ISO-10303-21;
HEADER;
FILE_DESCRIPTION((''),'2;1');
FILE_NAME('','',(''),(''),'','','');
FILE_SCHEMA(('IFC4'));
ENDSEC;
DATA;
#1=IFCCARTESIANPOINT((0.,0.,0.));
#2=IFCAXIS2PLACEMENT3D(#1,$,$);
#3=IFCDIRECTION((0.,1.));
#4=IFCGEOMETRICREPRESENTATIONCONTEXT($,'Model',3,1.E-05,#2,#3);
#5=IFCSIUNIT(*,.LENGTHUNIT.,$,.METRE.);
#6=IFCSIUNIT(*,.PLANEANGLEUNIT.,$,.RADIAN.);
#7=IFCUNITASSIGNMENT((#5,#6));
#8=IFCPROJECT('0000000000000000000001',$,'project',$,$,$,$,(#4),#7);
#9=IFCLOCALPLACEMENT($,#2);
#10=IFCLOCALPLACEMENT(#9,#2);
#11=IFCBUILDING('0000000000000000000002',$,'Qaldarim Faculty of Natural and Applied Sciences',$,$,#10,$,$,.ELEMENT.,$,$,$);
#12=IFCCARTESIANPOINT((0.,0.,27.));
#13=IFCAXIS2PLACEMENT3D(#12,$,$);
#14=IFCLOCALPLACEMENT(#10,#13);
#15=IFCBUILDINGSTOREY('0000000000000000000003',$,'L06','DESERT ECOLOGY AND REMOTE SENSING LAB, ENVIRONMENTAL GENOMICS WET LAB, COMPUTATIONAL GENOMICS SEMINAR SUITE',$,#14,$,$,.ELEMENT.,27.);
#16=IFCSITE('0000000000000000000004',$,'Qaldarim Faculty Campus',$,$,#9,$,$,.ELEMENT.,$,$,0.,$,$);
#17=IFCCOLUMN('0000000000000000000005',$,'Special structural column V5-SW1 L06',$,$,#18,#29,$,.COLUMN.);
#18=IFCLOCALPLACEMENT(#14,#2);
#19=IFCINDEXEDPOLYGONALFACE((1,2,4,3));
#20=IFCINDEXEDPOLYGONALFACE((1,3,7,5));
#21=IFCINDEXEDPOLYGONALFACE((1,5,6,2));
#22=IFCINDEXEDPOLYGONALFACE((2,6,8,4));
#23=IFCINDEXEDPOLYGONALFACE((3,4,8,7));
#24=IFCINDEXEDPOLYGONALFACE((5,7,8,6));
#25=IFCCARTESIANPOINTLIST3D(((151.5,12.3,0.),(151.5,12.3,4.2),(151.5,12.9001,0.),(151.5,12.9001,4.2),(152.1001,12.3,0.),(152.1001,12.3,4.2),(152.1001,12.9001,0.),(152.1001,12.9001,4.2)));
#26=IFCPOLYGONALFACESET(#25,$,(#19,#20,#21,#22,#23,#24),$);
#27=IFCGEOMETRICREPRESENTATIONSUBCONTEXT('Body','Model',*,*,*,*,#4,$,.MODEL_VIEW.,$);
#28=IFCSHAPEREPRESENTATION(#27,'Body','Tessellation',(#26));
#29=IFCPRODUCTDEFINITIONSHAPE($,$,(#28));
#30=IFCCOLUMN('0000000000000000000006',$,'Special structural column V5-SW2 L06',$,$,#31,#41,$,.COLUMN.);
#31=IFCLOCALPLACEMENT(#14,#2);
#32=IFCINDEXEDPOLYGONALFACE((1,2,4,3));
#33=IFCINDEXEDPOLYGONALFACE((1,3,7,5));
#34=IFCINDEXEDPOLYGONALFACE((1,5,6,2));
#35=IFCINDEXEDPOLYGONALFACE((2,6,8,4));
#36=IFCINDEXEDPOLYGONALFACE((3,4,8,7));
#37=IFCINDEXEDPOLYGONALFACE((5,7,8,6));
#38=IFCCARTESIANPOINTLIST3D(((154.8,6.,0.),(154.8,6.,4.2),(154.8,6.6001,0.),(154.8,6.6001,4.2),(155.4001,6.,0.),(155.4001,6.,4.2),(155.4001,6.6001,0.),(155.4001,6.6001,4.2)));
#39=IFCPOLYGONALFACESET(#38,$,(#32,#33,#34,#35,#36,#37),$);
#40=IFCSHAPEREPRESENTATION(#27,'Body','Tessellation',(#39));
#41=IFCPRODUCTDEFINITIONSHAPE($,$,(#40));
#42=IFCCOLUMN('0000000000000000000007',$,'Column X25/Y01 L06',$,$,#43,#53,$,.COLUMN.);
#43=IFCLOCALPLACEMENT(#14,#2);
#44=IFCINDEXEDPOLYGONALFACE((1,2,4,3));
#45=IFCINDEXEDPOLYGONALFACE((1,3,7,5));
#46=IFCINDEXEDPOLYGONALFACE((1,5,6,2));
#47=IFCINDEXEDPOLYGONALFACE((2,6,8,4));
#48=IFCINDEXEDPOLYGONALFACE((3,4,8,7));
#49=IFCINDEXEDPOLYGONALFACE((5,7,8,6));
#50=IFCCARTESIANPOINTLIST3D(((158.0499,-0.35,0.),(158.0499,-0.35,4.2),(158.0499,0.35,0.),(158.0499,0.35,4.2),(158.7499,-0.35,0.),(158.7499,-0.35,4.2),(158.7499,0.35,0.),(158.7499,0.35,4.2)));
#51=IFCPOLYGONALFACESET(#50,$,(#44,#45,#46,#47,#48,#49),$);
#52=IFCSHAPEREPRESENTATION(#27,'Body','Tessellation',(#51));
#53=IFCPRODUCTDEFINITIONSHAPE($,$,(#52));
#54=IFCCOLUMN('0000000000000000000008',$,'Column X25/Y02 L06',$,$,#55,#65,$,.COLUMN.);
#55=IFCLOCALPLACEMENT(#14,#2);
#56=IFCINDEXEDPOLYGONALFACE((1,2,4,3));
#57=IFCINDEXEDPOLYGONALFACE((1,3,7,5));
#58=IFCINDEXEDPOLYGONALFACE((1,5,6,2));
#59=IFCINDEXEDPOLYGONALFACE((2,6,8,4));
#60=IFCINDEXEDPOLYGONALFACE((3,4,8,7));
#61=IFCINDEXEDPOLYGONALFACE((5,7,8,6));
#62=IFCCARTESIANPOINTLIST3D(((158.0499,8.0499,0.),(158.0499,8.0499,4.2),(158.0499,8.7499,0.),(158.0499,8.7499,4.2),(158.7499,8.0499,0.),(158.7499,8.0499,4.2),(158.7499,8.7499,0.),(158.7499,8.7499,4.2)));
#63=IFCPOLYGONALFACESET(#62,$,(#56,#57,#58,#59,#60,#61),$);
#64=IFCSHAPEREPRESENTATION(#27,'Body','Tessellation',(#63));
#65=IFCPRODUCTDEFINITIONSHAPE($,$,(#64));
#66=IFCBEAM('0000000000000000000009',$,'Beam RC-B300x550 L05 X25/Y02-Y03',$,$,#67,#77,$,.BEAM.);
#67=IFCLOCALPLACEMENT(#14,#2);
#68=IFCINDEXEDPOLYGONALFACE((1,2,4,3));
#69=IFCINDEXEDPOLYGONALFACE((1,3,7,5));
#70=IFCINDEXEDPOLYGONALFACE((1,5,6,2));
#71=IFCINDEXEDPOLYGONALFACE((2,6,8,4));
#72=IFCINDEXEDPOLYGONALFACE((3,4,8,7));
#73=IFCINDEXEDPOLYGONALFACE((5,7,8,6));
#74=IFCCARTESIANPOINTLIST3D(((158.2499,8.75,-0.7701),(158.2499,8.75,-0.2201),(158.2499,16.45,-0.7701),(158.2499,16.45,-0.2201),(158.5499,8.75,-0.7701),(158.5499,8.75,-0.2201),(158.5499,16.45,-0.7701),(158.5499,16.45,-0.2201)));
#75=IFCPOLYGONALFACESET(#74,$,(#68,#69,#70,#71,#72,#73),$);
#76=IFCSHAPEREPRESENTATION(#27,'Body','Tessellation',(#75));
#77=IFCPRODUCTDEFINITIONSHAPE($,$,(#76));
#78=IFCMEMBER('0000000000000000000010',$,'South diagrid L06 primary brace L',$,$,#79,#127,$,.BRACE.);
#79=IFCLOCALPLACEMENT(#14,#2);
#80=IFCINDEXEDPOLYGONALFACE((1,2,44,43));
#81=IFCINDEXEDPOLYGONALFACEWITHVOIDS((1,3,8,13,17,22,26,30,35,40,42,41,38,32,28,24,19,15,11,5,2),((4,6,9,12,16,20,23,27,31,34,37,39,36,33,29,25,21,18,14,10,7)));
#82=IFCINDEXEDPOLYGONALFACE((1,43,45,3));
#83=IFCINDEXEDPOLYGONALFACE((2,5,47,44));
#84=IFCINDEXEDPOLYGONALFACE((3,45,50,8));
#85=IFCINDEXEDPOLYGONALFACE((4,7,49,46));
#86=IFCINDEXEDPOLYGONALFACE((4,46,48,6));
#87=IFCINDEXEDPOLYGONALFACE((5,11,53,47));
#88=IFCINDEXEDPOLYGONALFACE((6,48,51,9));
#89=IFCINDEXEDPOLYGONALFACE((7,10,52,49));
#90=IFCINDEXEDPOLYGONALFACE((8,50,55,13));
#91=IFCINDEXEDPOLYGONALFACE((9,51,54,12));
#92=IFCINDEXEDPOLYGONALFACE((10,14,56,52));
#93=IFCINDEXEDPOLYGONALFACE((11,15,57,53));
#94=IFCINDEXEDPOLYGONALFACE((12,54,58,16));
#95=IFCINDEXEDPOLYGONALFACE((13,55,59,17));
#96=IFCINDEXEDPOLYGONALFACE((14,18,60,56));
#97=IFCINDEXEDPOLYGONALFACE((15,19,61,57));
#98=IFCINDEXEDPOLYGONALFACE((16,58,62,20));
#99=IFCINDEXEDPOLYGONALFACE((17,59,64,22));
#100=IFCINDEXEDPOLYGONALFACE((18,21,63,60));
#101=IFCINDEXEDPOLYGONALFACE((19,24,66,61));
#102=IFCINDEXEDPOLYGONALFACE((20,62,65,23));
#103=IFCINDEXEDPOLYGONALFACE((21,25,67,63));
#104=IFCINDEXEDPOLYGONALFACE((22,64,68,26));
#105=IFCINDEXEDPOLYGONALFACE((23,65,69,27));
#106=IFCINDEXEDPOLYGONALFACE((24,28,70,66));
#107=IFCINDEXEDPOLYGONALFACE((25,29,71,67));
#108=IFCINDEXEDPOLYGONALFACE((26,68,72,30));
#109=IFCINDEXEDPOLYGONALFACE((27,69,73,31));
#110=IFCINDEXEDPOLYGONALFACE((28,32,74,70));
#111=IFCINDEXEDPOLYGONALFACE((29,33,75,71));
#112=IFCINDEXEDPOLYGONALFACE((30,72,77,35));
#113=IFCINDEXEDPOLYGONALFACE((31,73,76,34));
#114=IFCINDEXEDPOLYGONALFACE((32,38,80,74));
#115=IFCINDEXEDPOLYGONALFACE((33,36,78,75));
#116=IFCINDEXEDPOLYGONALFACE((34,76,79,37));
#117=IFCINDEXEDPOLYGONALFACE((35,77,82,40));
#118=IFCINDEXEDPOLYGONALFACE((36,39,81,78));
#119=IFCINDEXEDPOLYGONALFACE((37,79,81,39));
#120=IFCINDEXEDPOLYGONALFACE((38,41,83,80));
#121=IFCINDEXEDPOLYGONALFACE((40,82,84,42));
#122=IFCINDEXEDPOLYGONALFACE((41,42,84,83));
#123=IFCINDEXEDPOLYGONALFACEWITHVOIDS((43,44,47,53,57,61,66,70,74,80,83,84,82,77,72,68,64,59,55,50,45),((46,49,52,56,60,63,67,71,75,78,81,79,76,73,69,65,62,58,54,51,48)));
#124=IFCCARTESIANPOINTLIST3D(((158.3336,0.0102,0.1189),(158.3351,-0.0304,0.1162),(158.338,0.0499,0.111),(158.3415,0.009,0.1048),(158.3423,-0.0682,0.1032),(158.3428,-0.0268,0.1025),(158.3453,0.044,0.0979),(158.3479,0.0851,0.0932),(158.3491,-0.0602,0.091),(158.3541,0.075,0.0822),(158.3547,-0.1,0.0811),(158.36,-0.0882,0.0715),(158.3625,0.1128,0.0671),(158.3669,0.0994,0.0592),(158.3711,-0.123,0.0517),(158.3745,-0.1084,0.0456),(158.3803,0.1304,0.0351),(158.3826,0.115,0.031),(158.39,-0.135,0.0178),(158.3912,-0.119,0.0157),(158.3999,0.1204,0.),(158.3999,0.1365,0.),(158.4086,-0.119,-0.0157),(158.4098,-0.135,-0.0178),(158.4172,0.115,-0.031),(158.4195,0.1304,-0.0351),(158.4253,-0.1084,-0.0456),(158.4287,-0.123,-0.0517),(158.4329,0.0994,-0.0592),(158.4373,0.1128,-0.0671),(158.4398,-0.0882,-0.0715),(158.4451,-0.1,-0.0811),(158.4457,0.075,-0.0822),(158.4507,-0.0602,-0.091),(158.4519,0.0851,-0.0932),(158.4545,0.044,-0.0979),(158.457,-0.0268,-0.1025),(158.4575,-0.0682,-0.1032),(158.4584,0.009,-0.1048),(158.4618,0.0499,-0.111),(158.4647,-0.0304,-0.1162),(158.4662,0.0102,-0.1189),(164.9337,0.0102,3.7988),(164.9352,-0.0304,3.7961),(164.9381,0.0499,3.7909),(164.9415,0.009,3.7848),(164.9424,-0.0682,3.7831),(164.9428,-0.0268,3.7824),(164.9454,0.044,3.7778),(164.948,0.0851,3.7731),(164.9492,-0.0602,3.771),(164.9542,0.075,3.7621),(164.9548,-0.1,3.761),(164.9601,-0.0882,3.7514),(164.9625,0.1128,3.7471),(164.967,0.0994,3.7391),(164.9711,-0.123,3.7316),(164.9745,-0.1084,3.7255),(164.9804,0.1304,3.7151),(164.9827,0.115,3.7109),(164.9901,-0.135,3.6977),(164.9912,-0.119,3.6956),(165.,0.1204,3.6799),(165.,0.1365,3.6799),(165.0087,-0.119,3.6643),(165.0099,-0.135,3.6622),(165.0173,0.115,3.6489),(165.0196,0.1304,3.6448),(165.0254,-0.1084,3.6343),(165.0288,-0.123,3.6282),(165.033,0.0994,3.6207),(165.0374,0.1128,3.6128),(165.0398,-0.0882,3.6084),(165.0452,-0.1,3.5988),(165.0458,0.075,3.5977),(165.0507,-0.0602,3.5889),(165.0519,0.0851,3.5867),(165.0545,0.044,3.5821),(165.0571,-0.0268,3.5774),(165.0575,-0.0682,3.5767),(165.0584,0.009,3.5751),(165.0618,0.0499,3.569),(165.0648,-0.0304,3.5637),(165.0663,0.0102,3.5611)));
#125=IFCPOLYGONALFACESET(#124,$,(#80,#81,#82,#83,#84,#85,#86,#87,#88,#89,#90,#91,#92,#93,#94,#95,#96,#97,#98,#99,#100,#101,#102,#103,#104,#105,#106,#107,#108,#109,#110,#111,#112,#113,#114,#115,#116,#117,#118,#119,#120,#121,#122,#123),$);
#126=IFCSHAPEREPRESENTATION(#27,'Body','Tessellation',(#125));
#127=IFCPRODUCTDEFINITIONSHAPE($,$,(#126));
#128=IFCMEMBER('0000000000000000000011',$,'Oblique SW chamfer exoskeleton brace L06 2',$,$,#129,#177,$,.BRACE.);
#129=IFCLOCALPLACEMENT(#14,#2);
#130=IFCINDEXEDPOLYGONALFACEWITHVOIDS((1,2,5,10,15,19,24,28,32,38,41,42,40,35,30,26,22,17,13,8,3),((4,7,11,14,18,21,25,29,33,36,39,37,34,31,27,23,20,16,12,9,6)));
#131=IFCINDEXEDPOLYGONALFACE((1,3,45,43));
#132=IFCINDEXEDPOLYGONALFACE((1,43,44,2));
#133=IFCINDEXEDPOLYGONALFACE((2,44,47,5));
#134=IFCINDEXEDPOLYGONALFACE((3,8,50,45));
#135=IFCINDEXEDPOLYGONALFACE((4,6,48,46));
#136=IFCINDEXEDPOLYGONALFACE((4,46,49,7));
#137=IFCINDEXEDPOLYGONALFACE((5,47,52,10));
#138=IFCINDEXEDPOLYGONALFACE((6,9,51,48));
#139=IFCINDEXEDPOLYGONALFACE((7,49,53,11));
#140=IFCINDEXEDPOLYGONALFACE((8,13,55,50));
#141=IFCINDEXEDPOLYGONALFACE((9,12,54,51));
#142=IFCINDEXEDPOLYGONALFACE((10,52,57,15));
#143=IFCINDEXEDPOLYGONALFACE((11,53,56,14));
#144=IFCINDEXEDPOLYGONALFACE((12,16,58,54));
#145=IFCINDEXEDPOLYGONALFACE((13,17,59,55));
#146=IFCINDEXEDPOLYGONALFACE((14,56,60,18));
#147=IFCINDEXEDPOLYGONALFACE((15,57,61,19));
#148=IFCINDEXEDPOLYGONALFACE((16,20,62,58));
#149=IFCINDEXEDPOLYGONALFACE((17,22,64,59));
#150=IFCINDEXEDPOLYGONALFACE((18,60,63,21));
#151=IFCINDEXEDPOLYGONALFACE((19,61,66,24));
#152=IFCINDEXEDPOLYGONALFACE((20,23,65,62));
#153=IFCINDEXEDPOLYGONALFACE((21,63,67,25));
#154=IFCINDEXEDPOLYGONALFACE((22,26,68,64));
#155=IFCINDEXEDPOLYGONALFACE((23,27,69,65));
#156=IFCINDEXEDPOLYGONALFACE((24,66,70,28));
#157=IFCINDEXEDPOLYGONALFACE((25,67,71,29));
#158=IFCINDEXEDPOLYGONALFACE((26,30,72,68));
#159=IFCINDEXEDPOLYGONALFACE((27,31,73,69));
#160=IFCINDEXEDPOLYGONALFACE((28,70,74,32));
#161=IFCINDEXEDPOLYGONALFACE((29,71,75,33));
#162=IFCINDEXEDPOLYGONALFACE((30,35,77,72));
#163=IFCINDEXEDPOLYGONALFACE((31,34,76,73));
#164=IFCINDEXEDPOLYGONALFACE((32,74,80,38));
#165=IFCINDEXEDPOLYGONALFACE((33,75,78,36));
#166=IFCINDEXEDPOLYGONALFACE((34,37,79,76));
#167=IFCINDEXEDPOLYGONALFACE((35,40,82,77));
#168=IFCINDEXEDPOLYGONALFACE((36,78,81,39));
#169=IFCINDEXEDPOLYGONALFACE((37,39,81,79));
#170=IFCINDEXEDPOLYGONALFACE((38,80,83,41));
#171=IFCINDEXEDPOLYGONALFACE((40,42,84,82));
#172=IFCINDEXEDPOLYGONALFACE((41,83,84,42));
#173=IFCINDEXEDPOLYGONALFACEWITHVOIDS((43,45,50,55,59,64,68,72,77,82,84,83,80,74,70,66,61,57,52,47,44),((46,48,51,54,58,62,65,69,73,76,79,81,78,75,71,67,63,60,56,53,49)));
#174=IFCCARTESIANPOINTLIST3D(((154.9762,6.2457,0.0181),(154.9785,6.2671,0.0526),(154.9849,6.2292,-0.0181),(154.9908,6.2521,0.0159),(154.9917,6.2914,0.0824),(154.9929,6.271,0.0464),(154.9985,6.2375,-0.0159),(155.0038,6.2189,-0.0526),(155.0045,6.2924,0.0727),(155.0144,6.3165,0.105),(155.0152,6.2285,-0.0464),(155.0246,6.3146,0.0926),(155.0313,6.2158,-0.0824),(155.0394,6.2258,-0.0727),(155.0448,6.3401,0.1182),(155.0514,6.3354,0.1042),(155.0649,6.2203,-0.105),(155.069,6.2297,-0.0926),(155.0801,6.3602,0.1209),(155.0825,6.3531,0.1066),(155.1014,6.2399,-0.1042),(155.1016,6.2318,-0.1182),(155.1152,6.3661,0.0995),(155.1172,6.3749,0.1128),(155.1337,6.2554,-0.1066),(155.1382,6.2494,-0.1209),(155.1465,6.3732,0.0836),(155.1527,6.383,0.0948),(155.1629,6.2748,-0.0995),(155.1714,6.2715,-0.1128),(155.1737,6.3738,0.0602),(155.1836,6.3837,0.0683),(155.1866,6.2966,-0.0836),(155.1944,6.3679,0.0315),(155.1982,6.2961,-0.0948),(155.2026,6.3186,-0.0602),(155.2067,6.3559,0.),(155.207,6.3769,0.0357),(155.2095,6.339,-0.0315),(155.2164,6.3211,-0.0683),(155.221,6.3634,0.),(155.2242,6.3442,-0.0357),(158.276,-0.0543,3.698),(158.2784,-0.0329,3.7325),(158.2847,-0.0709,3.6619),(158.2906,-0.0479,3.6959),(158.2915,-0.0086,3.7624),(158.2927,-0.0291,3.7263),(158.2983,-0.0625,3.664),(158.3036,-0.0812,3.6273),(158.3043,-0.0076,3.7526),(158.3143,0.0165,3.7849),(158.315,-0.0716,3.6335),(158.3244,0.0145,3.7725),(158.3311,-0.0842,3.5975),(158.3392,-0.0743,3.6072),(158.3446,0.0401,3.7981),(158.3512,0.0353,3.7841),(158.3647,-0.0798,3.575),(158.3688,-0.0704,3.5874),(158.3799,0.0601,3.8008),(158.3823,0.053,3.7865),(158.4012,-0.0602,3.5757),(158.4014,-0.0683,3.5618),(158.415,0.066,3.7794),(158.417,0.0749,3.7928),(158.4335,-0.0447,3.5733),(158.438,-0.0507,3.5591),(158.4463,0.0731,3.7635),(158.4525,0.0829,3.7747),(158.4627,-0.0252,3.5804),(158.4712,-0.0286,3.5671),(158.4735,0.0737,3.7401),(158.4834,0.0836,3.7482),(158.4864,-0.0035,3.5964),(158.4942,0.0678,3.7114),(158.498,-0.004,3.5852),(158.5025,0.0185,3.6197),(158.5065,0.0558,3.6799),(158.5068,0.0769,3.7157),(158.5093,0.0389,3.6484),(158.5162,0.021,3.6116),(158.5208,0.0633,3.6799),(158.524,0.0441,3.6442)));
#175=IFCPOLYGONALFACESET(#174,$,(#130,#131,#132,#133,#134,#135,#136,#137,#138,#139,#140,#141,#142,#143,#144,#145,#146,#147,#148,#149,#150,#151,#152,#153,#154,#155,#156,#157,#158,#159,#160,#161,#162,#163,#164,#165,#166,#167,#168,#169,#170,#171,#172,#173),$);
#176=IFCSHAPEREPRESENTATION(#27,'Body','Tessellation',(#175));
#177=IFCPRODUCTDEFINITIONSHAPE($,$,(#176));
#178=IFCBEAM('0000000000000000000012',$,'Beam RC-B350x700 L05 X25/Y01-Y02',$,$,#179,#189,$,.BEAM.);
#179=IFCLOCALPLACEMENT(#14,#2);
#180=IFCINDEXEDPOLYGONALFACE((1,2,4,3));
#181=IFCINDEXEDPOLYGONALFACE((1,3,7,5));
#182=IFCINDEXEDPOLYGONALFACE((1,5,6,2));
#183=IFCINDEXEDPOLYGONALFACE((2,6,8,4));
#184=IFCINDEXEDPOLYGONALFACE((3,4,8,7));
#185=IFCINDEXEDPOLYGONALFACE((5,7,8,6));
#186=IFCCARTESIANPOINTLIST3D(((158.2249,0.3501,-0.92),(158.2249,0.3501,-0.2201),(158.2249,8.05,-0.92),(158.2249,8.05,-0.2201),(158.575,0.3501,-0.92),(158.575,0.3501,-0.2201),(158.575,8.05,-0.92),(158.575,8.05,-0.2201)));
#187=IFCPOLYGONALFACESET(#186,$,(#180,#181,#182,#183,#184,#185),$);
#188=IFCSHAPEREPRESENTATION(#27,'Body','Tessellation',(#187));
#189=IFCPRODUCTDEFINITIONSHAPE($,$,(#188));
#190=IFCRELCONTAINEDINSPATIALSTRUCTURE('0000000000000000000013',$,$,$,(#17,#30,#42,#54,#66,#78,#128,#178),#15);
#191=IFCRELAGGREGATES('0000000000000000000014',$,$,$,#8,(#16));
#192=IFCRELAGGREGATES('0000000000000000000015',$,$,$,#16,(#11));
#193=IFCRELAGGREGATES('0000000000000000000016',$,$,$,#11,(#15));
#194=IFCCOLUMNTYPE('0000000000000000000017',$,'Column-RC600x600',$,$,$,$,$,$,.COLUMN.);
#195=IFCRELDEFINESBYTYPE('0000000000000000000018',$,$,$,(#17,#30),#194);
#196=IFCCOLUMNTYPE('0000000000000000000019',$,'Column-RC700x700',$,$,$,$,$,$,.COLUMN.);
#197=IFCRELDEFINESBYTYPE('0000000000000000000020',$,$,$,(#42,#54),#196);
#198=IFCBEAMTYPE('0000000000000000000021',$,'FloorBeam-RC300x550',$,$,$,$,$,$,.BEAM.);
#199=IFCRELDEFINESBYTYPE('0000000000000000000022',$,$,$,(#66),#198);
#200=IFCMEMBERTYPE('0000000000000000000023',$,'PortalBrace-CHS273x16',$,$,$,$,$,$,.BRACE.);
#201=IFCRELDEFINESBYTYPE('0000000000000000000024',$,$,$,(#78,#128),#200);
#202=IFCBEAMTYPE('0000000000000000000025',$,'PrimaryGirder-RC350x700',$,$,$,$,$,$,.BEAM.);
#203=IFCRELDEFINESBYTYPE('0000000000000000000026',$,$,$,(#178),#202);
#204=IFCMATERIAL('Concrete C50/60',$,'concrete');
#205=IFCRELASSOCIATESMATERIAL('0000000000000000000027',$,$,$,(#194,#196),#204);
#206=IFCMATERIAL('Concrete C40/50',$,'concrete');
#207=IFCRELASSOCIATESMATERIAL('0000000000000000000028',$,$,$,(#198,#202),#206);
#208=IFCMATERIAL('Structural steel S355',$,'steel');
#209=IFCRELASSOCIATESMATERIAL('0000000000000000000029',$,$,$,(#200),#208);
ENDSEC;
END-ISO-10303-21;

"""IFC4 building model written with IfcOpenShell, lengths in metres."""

from ifc_helpers import new_model, si_unit, direction, frame, origin, origin_2d, place, context, subcontext, project, spatial, rectangle, hollow_circle, extrude, material, material_profile, profile_set, type_object, element, save


model = new_model("IFC4")

# Units and contexts
model_context = context("Model", 3, precision=1e-05, world=origin(), true_north=direction((0.0, 1.0)))
body_context = subcontext(model_context, "Body", "Model", "MODEL_VIEW")
ifc_project = project(units=[si_unit("LENGTHUNIT", "METRE"), si_unit("PLANEANGLEUNIT", "RADIAN")], contexts=[model_context])

# Site, building, storey
site_placement = place(None, origin())
site = spatial("IfcSite", under=ifc_project, at=site_placement, Name="Qaldarim Faculty Campus", CompositionType="ELEMENT", RefElevation=0.0)
building_placement = place(site_placement, origin())
building = spatial("IfcBuilding", under=site, at=building_placement, Name="Qaldarim Faculty of Natural and Applied Sciences", CompositionType="ELEMENT")
storey_placement = place(building_placement, frame((0.0, 0.0, 27.0)))
storey = spatial("IfcBuildingStorey", under=building, at=storey_placement, Name="L06", Description="DESERT ECOLOGY AND REMOTE SENSING LAB, ENVIRONMENTAL GENOMICS WET LAB, COMPUTATIONAL GENOMICS SEMINAR SUITE", CompositionType="ELEMENT", Elevation=27.0)

# Columns
ifc_material_1 = material(Name="Concrete C50/60", Category="concrete")
ifc_material_profile_1 = material_profile(ifc_material_1, rectangle(XDim=0.6001, YDim=0.6001, at=origin_2d()), Name="RC-C600x600")
ifc_profile_set_1 = profile_set([ifc_material_profile_1], Name="Concrete C50/60")
column_type_1 = type_object("IfcColumnType", Name="Column-RC600x600", PredefinedType="COLUMN", material=ifc_profile_set_1)
for number, where, z_axis, x_axis, name in (
    (1, (151.8, 12.6001, 0.0), (0.0, 0.0, 1.0), (1.0, 0.0, 0.0), "Special structural column V5-SW1 L06"),
    (2, (155.1001, 6.3, 0.0), (0.0, 0.0, 1.0), (1.0, 0.0, 0.0), "Special structural column V5-SW2 L06"),
):
    element("IfcColumn", number, at=place(storey_placement, frame(where, z_axis=z_axis, x_axis=x_axis)), inside=storey, type_object=column_type_1, Name=name, PredefinedType="COLUMN", context=body_context, shape_type="SweptSolid", body=[
        extrude(rectangle(XDim=0.6001, YDim=0.6001, at=origin_2d()), origin(), (0.0, 0.0, 1.0), 4.2),
    ])
ifc_material_profile_2 = material_profile(ifc_material_1, rectangle(XDim=0.7, YDim=0.7, at=origin_2d()), Name="RC-C700x700")
ifc_profile_set_2 = profile_set([ifc_material_profile_2], Name="Concrete C50/60")
column_type_2 = type_object("IfcColumnType", Name="Column-RC700x700", PredefinedType="COLUMN", material=ifc_profile_set_2)
for number, where, z_axis, x_axis, name in (
    (3, (158.3999, 0.0, 0.0), (0.0, 0.0, 1.0), (1.0, 0.0, 0.0), "Column X25/Y01 L06"),
    (4, (158.3999, 8.3999, 0.0), (0.0, 0.0, 1.0), (1.0, 0.0, 0.0), "Column X25/Y02 L06"),
):
    element("IfcColumn", number, at=place(storey_placement, frame(where, z_axis=z_axis, x_axis=x_axis)), inside=storey, type_object=column_type_2, Name=name, PredefinedType="COLUMN", context=body_context, shape_type="SweptSolid", body=[
        extrude(rectangle(XDim=0.7, YDim=0.7, at=origin_2d()), origin(), (0.0, 0.0, 1.0), 4.2),
    ])

# Beam
ifc_material_2 = material(Name="Concrete C40/50", Category="concrete")
ifc_material_profile_3 = material_profile(ifc_material_2, rectangle(XDim=0.3, YDim=0.55, at=origin_2d()), Name="RC-B300x550")
ifc_profile_set_3 = profile_set([ifc_material_profile_3], Name="Concrete C40/50")
beam_type_1 = type_object("IfcBeamType", Name="FloorBeam-RC300x550", PredefinedType="BEAM", material=ifc_profile_set_3)
beam_1_placement = place(storey_placement, frame((158.3999, 8.75, -0.4951), z_axis=(0.0, 1.0, 0.0), x_axis=(-1.0, 0.0, 0.0)))
element("IfcBeam", 5, at=beam_1_placement, inside=storey, type_object=beam_type_1, Name="Beam RC-B300x550 L05 X25/Y02-Y03", PredefinedType="BEAM", context=body_context, shape_type="SweptSolid", body=[
    extrude(rectangle(XDim=0.3, YDim=0.55, at=origin_2d()), origin(), (0.0, 0.0, 1.0), 7.7),
])

# Members
ifc_material_3 = material(Name="Structural steel S355", Category="steel")
ifc_material_profile_4 = material_profile(ifc_material_3, hollow_circle(Radius=0.1365, WallThickness=0.0161, at=origin_2d()), Name="CHS 273.0x16.0")
ifc_profile_set_4 = profile_set([ifc_material_profile_4], Name="Structural steel S355")
member_type = type_object("IfcMemberType", Name="PortalBrace-CHS273x16", PredefinedType="BRACE", material=ifc_profile_set_4)
member_1_placement = place(storey_placement, frame((158.3999, 0.0, 0.0), z_axis=(0.873414, 0.0, 0.486978), x_axis=(0.0, 1.0, 0.0)))
element("IfcMember", 6, at=member_1_placement, inside=storey, type_object=member_type, Name="South diagrid L06 primary brace L", PredefinedType="BRACE", context=body_context, shape_type="SweptSolid", body=[
    extrude(hollow_circle(Radius=0.1365, WallThickness=0.0161, at=origin_2d()), origin(), (0.0, 0.0, 1.0), 7.5566),
])
member_2_placement = place(storey_placement, frame((155.1001, 6.3, 0.0), z_axis=(0.412086, -0.786761, 0.459556), x_axis=(0.885844, 0.463983, 0.0)))
element("IfcMember", 7, at=member_2_placement, inside=storey, type_object=member_type, Name="Oblique SW chamfer exoskeleton brace L06 2", PredefinedType="BRACE", context=body_context, shape_type="SweptSolid", body=[
    extrude(hollow_circle(Radius=0.1365, WallThickness=0.0161, at=origin_2d()), origin(), (0.0, 0.0, 1.0), 8.0076),
])

# Beam
ifc_material_profile_5 = material_profile(ifc_material_2, rectangle(XDim=0.3501, YDim=0.7, at=origin_2d()), Name="RC-B350x700")
ifc_profile_set_5 = profile_set([ifc_material_profile_5], Name="Concrete C40/50")
beam_type_2 = type_object("IfcBeamType", Name="PrimaryGirder-RC350x700", PredefinedType="BEAM", material=ifc_profile_set_5)
beam_2_placement = place(storey_placement, frame((158.3999, 0.3501, -0.5701), z_axis=(0.0, 1.0, 0.0), x_axis=(-1.0, 0.0, 0.0)))
element("IfcBeam", 8, at=beam_2_placement, inside=storey, type_object=beam_type_2, Name="Beam RC-B350x700 L05 X25/Y01-Y02", PredefinedType="BEAM", context=body_context, shape_type="SweptSolid", body=[
    extrude(rectangle(XDim=0.3501, YDim=0.7, at=origin_2d()), origin(), (0.0, 0.0, 1.0), 7.7),
])

save(model, "model.ifc")
